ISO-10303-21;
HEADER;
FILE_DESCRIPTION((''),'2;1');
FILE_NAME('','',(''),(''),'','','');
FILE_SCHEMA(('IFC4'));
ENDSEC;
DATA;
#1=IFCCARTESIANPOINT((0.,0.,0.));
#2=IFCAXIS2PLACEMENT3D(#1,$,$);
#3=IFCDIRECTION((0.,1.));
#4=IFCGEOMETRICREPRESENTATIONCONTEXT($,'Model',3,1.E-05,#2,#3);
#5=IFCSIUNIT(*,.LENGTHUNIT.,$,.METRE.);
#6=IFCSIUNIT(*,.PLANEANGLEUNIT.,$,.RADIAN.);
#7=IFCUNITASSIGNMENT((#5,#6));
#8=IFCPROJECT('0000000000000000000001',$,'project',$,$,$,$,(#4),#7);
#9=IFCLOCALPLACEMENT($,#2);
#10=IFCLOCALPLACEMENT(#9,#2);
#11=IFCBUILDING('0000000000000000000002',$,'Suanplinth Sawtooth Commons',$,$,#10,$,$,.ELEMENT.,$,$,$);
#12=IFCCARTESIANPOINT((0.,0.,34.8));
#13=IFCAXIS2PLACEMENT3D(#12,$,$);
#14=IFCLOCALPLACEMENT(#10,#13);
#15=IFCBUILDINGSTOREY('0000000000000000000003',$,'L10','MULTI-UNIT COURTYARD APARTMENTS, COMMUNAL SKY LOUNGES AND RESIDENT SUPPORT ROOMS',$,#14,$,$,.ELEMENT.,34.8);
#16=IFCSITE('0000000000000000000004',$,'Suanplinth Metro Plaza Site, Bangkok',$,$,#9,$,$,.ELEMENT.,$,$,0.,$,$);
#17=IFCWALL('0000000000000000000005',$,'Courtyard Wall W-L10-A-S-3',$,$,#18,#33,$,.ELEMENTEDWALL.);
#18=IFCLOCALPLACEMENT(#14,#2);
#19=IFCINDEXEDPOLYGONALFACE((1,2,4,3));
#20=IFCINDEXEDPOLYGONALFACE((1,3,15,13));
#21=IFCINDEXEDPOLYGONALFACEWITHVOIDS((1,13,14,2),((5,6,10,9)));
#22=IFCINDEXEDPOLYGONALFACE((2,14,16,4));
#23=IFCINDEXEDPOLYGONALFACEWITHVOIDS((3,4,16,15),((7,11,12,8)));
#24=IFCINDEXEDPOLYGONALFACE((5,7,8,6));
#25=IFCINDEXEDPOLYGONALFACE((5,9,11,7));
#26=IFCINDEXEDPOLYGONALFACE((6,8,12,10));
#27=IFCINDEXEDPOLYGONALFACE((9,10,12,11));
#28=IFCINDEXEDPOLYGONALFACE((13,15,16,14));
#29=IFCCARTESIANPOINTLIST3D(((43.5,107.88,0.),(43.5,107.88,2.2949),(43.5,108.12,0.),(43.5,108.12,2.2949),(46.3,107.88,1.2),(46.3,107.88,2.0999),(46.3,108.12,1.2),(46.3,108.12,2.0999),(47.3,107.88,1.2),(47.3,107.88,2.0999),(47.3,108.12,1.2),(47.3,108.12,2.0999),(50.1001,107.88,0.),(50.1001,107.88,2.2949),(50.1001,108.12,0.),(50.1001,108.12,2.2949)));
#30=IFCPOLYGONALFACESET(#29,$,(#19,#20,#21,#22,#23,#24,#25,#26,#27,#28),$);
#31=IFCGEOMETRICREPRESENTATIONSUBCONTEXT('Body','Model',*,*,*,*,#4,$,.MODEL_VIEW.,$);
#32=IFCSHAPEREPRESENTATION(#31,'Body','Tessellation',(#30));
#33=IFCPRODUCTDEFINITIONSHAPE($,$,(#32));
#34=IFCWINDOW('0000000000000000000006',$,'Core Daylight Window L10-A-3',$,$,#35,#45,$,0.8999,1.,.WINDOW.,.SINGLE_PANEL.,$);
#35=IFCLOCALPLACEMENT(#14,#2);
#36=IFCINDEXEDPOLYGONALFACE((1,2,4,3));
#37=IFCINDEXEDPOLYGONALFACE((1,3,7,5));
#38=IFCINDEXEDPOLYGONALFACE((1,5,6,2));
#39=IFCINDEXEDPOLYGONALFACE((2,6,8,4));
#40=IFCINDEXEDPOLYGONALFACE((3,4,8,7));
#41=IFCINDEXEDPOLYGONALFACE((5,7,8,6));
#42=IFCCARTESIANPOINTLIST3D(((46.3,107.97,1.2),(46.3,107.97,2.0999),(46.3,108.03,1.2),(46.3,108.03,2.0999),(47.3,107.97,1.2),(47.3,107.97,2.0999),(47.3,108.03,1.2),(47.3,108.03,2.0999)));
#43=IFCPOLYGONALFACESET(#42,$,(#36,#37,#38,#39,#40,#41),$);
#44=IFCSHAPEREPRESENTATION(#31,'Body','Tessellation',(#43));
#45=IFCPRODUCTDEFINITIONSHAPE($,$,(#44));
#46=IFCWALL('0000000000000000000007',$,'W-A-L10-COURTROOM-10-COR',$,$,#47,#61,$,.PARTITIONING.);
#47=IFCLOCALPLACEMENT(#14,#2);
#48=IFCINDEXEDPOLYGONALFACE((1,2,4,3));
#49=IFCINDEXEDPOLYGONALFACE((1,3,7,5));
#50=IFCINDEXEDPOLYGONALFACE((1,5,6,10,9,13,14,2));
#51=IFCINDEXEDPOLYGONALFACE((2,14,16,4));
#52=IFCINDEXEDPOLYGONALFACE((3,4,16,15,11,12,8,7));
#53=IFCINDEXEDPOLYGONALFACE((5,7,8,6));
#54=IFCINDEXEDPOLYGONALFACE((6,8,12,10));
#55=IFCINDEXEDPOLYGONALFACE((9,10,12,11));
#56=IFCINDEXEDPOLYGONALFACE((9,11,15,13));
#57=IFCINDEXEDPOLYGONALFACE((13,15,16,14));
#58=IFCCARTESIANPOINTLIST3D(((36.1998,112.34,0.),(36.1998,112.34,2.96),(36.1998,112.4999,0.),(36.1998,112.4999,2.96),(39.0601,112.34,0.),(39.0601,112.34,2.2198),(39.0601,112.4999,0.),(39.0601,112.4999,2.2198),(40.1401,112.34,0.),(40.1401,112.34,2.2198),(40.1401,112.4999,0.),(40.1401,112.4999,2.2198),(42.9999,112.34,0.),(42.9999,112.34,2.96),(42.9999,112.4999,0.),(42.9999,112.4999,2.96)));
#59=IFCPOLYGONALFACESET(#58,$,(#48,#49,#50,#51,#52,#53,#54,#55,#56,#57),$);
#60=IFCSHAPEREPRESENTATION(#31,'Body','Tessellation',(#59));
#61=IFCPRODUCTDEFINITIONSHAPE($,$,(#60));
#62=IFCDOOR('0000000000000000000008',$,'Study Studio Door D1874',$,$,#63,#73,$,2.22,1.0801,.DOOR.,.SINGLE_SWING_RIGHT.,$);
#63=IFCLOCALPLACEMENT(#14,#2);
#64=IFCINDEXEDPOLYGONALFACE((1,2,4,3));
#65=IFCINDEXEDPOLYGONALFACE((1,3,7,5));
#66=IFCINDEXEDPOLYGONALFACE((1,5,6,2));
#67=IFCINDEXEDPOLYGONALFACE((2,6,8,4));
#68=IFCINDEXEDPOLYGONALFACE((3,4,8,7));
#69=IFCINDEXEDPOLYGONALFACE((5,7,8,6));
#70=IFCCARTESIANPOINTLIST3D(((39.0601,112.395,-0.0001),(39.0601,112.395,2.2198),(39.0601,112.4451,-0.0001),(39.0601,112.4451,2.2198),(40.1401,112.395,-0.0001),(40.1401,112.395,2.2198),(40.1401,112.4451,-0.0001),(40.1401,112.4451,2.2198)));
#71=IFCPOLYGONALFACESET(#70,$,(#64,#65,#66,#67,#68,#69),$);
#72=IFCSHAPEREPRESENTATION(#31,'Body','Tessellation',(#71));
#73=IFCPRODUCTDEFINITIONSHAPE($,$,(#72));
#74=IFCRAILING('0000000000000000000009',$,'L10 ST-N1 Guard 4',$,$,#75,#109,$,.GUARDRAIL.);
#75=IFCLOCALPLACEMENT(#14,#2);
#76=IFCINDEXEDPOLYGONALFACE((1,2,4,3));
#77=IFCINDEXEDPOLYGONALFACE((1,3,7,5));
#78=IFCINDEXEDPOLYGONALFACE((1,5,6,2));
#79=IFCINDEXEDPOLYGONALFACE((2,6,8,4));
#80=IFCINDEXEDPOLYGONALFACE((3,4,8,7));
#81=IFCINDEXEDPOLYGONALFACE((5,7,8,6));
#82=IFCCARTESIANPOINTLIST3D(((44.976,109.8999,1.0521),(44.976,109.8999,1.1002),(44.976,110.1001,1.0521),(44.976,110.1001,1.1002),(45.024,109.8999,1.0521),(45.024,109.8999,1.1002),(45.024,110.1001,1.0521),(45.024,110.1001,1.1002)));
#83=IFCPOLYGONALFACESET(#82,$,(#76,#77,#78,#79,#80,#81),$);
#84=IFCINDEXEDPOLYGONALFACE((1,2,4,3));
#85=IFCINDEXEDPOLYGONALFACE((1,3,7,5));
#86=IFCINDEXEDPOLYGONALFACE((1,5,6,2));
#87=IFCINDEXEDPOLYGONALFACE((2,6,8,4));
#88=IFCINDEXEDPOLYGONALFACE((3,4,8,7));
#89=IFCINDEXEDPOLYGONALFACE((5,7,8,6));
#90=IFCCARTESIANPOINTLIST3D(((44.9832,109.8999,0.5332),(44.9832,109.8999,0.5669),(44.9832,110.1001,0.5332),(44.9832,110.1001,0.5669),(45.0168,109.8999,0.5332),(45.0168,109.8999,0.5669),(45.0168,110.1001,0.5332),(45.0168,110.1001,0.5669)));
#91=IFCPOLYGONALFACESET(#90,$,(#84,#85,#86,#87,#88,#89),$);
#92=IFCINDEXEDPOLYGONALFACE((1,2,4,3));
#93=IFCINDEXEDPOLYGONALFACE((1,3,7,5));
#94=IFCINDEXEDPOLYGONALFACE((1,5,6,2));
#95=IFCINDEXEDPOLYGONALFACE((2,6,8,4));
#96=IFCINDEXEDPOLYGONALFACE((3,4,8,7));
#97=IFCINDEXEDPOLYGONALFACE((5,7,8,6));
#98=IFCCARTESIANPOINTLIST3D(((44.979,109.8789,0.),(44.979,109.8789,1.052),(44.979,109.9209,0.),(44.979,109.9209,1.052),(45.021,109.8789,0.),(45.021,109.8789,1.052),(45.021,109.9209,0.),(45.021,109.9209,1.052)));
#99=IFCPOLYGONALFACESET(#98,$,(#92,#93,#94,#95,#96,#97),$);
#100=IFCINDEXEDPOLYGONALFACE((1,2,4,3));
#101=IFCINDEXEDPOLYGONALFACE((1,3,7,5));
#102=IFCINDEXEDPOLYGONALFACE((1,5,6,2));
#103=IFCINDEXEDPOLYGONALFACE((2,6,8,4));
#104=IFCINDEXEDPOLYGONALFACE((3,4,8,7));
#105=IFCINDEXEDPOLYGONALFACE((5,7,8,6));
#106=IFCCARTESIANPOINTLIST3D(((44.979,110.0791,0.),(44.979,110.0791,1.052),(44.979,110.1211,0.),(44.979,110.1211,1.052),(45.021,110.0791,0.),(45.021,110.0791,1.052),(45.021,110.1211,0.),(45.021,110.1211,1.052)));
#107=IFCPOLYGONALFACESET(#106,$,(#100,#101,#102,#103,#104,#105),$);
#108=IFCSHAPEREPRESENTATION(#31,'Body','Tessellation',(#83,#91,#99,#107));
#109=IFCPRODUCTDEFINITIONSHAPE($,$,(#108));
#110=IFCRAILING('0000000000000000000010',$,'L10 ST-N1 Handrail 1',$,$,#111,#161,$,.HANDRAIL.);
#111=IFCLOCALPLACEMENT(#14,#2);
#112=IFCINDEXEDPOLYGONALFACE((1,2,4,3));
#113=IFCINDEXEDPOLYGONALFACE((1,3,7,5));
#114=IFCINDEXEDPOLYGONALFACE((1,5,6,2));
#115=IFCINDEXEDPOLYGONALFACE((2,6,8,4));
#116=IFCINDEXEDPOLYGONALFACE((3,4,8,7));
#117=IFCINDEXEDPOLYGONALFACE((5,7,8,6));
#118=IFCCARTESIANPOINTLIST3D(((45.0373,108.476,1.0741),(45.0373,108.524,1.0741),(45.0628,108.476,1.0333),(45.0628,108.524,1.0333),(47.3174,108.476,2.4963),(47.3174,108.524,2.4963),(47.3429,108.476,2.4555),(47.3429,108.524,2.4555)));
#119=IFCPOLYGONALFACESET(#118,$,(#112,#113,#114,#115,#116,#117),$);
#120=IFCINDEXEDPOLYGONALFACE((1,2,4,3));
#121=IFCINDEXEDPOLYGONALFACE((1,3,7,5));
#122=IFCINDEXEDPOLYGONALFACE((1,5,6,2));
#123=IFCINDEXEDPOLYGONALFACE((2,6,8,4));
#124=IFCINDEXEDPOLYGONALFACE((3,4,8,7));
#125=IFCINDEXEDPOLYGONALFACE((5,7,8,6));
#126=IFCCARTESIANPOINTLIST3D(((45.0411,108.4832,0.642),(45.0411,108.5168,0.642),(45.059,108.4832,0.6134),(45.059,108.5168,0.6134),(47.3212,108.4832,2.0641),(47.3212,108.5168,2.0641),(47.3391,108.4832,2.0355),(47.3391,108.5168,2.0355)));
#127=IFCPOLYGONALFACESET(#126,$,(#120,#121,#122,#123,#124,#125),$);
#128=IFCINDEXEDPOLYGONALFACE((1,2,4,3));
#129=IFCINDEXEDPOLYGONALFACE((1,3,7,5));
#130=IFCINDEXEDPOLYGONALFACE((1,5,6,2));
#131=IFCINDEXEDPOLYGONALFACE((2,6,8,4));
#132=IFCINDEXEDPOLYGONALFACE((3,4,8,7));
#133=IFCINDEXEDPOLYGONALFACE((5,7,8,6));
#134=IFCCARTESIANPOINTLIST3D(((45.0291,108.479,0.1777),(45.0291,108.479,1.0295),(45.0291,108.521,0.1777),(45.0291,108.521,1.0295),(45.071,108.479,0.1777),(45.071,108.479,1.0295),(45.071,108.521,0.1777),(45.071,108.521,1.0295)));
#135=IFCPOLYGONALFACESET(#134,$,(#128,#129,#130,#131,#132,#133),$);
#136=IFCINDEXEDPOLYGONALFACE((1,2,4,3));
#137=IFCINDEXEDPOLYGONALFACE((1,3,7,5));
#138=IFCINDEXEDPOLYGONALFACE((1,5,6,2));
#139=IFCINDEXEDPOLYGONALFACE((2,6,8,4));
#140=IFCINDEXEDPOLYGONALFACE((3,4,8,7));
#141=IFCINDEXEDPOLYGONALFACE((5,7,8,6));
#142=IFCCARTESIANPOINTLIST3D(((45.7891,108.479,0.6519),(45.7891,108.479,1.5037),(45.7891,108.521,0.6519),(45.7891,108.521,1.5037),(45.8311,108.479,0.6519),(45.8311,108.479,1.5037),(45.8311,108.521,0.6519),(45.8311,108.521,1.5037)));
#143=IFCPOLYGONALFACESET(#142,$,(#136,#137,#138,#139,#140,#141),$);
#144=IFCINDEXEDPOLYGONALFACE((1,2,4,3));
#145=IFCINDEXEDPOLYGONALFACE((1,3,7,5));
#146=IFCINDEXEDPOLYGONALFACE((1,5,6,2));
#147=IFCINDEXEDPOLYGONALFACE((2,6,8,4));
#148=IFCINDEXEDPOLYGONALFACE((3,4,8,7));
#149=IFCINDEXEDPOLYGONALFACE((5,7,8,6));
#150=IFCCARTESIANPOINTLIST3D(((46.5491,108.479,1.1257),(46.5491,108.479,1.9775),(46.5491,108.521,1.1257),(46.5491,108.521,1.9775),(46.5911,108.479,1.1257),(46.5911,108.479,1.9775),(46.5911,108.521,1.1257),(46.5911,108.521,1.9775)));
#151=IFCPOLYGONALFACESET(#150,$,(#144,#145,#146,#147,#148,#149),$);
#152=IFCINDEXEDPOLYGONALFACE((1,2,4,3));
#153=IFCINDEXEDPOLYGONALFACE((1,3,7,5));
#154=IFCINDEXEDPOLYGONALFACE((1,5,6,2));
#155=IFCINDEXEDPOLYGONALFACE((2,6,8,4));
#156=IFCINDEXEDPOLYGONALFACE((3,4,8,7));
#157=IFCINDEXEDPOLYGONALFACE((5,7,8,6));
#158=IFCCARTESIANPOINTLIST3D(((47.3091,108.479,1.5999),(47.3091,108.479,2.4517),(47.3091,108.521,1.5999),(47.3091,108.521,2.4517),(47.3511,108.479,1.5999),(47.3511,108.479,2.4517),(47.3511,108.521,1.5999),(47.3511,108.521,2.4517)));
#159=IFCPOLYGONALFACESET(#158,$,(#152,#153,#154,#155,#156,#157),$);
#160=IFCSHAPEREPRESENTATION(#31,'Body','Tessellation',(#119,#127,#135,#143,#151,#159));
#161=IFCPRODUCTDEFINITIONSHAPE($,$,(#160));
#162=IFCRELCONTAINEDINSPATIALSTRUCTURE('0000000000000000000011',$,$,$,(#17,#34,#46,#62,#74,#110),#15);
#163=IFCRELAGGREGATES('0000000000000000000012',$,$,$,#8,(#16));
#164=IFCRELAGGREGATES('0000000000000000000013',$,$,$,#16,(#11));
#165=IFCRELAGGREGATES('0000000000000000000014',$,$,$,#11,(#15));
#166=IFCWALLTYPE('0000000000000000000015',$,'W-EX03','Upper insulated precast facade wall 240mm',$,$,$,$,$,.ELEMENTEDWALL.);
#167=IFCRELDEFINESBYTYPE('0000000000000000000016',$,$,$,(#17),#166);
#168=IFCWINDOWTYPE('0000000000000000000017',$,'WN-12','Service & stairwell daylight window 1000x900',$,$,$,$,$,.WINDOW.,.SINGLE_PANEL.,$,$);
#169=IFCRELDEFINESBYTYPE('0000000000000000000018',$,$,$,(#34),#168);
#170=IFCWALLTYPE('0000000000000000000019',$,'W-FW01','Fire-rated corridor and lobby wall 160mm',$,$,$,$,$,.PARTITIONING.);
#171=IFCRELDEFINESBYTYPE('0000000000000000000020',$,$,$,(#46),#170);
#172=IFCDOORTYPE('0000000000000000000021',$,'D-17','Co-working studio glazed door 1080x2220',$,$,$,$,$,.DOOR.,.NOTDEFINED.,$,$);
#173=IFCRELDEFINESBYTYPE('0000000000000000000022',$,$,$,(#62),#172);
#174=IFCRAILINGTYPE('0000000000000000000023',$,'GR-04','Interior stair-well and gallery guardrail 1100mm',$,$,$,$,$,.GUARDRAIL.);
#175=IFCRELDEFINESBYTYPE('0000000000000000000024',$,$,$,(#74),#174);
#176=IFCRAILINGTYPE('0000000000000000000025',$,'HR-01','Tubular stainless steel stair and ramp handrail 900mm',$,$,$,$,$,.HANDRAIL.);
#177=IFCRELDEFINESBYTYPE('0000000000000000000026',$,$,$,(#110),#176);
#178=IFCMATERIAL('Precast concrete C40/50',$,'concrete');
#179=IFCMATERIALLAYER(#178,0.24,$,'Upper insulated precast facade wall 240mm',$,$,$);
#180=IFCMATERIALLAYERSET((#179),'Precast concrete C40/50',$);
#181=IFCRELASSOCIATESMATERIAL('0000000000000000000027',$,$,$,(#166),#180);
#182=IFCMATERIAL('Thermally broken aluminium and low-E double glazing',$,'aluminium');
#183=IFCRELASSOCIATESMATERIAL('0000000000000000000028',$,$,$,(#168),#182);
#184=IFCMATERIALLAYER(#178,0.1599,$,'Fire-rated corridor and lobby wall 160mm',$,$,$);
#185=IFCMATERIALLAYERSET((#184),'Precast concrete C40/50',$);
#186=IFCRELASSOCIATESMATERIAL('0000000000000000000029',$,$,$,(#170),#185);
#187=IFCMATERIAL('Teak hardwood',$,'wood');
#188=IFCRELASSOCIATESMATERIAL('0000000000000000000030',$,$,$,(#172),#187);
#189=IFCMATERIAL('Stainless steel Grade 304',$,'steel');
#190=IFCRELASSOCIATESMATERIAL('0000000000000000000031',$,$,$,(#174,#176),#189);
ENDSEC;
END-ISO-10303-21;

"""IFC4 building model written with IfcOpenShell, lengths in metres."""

from ifc_helpers import new_model, si_unit, direction, frame, frame_2d, origin, origin_2d, place, context, subcontext, project, spatial, rectangle, extrude, material, layer, layer_set, type_object, element, fill, save


model = new_model("IFC4")

# Units and contexts
model_context = context("Model", 3, precision=1e-05, world=origin(), true_north=direction((0.0, 1.0)))
body_context = subcontext(model_context, "Body", "Model", "MODEL_VIEW")
ifc_project = project(units=[si_unit("LENGTHUNIT", "METRE"), si_unit("PLANEANGLEUNIT", "RADIAN")], contexts=[model_context])

# Site, building, storey
site_placement = place(None, origin())
site = spatial("IfcSite", under=ifc_project, at=site_placement, Name="Suanplinth Metro Plaza Site, Bangkok", CompositionType="ELEMENT", RefElevation=0.0)
building_placement = place(site_placement, origin())
building = spatial("IfcBuilding", under=site, at=building_placement, Name="Suanplinth Sawtooth Commons", CompositionType="ELEMENT")
storey_placement = place(building_placement, frame((0.0, 0.0, 34.8)))
storey = spatial("IfcBuildingStorey", under=building, at=storey_placement, Name="L10", Description="MULTI-UNIT COURTYARD APARTMENTS, COMMUNAL SKY LOUNGES AND RESIDENT SUPPORT ROOMS", CompositionType="ELEMENT", Elevation=34.8)

# Shared definitions
ifc_material_1 = material(Name="Precast concrete C40/50", Category="concrete")

# Shared definitions
ifc_layer_1 = layer(ifc_material_1, 0.24, Name="Upper insulated precast facade wall 240mm")
ifc_layer_set_1 = layer_set([ifc_layer_1], Name="Precast concrete C40/50")
wall_type_1 = type_object("IfcWallType", Name="W-EX03", Description="Upper insulated precast facade wall 240mm", PredefinedType="ELEMENTEDWALL", material=ifc_layer_set_1)

# Wall, opening, window
wall_1_placement = place(storey_placement, frame((43.5, 108.0, 0.0), z_axis=(0.0, 0.0, 1.0), x_axis=(1.0, 0.0, 0.0)))
wall_1 = element("IfcWall", 1, at=wall_1_placement, inside=storey, type_object=wall_type_1, Name="Courtyard Wall W-L10-A-S-3", PredefinedType="ELEMENTEDWALL", context=body_context, shape_type="SweptSolid", body=[
    extrude(rectangle(XDim=6.6001, YDim=0.24, at=frame_2d((3.3, 0.0))), origin(), (0.0, 0.0, 1.0), 2.2949),
])
opening_1_placement = place(wall_1_placement, frame((2.8, 0.0, 1.2)))
opening_1 = element("IfcOpeningElement", 2, at=opening_1_placement, cuts=wall_1, PredefinedType="OPENING", context=body_context, shape_type="SweptSolid", body=[
    extrude(rectangle(XDim=1.0, YDim=0.8999, at=frame_2d((0.5, 0.45))), frame((0.0, 0.1348, 0.0), z_axis=(0.0, -1.0, 0.0), x_axis=(1.0, 0.0, 0.0)), (0.0, 0.0, 1.0), 0.2698),
])
ifc_material_2 = material(Name="Thermally broken aluminium and low-E double glazing", Category="aluminium")
window_type = type_object("IfcWindowType", Name="WN-12", Description="Service & stairwell daylight window 1000x900", PartitioningType="SINGLE_PANEL", PredefinedType="WINDOW", material=ifc_material_2)
window_placement = place(opening_1_placement, origin())
window = element("IfcWindow", 3, at=window_placement, inside=storey, type_object=window_type, Name="Core Daylight Window L10-A-3", OverallHeight=0.8999, OverallWidth=1.0, PartitioningType="SINGLE_PANEL", PredefinedType="WINDOW", context=body_context, shape_type="SweptSolid", body=[
    extrude(rectangle(XDim=1.0, YDim=0.8999, at=frame_2d((0.5, 0.45))), frame((0.0, 0.03, 0.0), z_axis=(0.0, -1.0, 0.0), x_axis=(1.0, 0.0, 0.0)), (0.0, 0.0, 1.0), 0.0601),
])
fill(opening_1, window)

# Wall, opening, door
ifc_layer_2 = layer(ifc_material_1, 0.1599, Name="Fire-rated corridor and lobby wall 160mm")
ifc_layer_set_2 = layer_set([ifc_layer_2], Name="Precast concrete C40/50")
wall_type_2 = type_object("IfcWallType", Name="W-FW01", Description="Fire-rated corridor and lobby wall 160mm", PredefinedType="PARTITIONING", material=ifc_layer_set_2)
wall_2_placement = place(storey_placement, frame((36.2, 112.4199, 0.0), z_axis=(0.0, 0.0, 1.0), x_axis=(1.0, 0.0, 0.0)))
wall_2 = element("IfcWall", 4, at=wall_2_placement, inside=storey, type_object=wall_type_2, Name="W-A-L10-COURTROOM-10-COR", PredefinedType="PARTITIONING", context=body_context, shape_type="SweptSolid", body=[
    extrude(rectangle(XDim=6.8, YDim=0.1599, at=frame_2d((3.3999, 0.0))), origin(), (0.0, 0.0, 1.0), 2.96),
])
opening_2_placement = place(wall_2_placement, frame((2.8601, 0.0, 0.0)))
opening_2 = element("IfcOpeningElement", 5, at=opening_2_placement, cuts=wall_2, PredefinedType="OPENING", context=body_context, shape_type="SweptSolid", body=[
    extrude(rectangle(XDim=1.0801, YDim=2.22, at=frame_2d((0.54, 1.1099))), frame((0.0, 0.0947, 0.0), z_axis=(0.0, -1.0, 0.0), x_axis=(1.0, 0.0, 0.0)), (0.0, 0.0, 1.0), 0.1897),
])
ifc_material_3 = material(Name="Teak hardwood", Category="wood")
door_type_1 = type_object("IfcDoorType", Name="D-17", Description="Co-working studio glazed door 1080x2220", OperationType="NOTDEFINED", PredefinedType="DOOR", material=ifc_material_3)
door_1_placement = place(opening_2_placement, frame((1.0801, 0.0, 0.0), z_axis=(0.0, 0.0, 1.0), x_axis=(-1.0, 0.0, 0.0)))
door_1 = element("IfcDoor", 6, at=door_1_placement, inside=storey, type_object=door_type_1, Name="Study Studio Door D1874", OperationType="SINGLE_SWING_RIGHT", OverallHeight=2.22, OverallWidth=1.0801, PredefinedType="DOOR", context=body_context, shape_type="SweptSolid", body=[
    extrude(rectangle(XDim=1.0801, YDim=2.22, at=frame_2d((0.54, 1.1099))), frame((0.0, 0.0249, 0.0), z_axis=(0.0, -1.0, 0.0), x_axis=(1.0, 0.0, 0.0)), (0.0, 0.0, 1.0), 0.05),
])
fill(opening_2, door_1)

# Railings
ifc_material_4 = material(Name="Stainless steel Grade 304", Category="steel")
railing_type_1 = type_object("IfcRailingType", Name="GR-04", Description="Interior stair-well and gallery guardrail 1100mm", PredefinedType="GUARDRAIL", material=ifc_material_4)
railing_1_placement = place(storey_placement, frame((45.0, 109.8999, 0.0)))
element("IfcRailing", 7, at=railing_1_placement, inside=storey, type_object=railing_type_1, Name="L10 ST-N1 Guard 4", PredefinedType="GUARDRAIL", context=body_context, shape_type="SweptSolid", body=[
    extrude(rectangle(XDim=0.0481, YDim=0.0481, at=origin_2d()), frame((0.0, 0.0, 1.0762), z_axis=(0.0, 1.0, 0.0), x_axis=(-1.0, 0.0, 0.0)), (0.0, 0.0, 1.0), 0.2002),
    extrude(rectangle(XDim=0.0337, YDim=0.0337, at=origin_2d()), frame((0.0, 0.0, 0.55), z_axis=(0.0, 1.0, 0.0), x_axis=(-1.0, 0.0, 0.0)), (0.0, 0.0, 1.0), 0.2002),
    extrude(rectangle(XDim=0.042, YDim=0.042, at=origin_2d()), origin(), (0.0, 0.0, 1.0), 1.052),
    extrude(rectangle(XDim=0.042, YDim=0.042, at=origin_2d()), frame((0.0, 0.2002, 0.0)), (0.0, 0.0, 1.0), 1.052),
])
railing_type_2 = type_object("IfcRailingType", Name="HR-01", Description="Tubular stainless steel stair and ramp handrail 900mm", PredefinedType="HANDRAIL", material=ifc_material_4)
railing_2_placement = place(storey_placement, frame((45.05, 108.5, 0.1777)))
element("IfcRailing", 8, at=railing_2_placement, inside=storey, type_object=railing_type_2, Name="L10 ST-N1 Handrail 1", PredefinedType="HANDRAIL", context=body_context, shape_type="SweptSolid", body=[
    extrude(rectangle(XDim=0.0481, YDim=0.0481, at=origin_2d()), frame((0.0, 0.0, 0.876), z_axis=(0.848483, 0.0, 0.529223), x_axis=(0.0, 1.0, 0.0)), (0.0, 0.0, 1.0), 2.6873),
    extrude(rectangle(XDim=0.0337, YDim=0.0337, at=origin_2d()), frame((0.0, 0.0, 0.45), z_axis=(0.848483, 0.0, 0.529223), x_axis=(0.0, 1.0, 0.0)), (0.0, 0.0, 1.0), 2.6873),
    extrude(rectangle(XDim=0.042, YDim=0.042, at=origin_2d()), origin(), (0.0, 0.0, 1.0), 0.8518),
    extrude(rectangle(XDim=0.042, YDim=0.042, at=origin_2d()), frame((0.76, 0.0, 0.4741)), (0.0, 0.0, 1.0), 0.8518),
    extrude(rectangle(XDim=0.042, YDim=0.042, at=origin_2d()), frame((1.52, 0.0, 0.948)), (0.0, 0.0, 1.0), 0.8518),
    extrude(rectangle(XDim=0.042, YDim=0.042, at=origin_2d()), frame((2.28, 0.0, 1.4221)), (0.0, 0.0, 1.0), 0.8518),
])

save(model, "model.ifc")
